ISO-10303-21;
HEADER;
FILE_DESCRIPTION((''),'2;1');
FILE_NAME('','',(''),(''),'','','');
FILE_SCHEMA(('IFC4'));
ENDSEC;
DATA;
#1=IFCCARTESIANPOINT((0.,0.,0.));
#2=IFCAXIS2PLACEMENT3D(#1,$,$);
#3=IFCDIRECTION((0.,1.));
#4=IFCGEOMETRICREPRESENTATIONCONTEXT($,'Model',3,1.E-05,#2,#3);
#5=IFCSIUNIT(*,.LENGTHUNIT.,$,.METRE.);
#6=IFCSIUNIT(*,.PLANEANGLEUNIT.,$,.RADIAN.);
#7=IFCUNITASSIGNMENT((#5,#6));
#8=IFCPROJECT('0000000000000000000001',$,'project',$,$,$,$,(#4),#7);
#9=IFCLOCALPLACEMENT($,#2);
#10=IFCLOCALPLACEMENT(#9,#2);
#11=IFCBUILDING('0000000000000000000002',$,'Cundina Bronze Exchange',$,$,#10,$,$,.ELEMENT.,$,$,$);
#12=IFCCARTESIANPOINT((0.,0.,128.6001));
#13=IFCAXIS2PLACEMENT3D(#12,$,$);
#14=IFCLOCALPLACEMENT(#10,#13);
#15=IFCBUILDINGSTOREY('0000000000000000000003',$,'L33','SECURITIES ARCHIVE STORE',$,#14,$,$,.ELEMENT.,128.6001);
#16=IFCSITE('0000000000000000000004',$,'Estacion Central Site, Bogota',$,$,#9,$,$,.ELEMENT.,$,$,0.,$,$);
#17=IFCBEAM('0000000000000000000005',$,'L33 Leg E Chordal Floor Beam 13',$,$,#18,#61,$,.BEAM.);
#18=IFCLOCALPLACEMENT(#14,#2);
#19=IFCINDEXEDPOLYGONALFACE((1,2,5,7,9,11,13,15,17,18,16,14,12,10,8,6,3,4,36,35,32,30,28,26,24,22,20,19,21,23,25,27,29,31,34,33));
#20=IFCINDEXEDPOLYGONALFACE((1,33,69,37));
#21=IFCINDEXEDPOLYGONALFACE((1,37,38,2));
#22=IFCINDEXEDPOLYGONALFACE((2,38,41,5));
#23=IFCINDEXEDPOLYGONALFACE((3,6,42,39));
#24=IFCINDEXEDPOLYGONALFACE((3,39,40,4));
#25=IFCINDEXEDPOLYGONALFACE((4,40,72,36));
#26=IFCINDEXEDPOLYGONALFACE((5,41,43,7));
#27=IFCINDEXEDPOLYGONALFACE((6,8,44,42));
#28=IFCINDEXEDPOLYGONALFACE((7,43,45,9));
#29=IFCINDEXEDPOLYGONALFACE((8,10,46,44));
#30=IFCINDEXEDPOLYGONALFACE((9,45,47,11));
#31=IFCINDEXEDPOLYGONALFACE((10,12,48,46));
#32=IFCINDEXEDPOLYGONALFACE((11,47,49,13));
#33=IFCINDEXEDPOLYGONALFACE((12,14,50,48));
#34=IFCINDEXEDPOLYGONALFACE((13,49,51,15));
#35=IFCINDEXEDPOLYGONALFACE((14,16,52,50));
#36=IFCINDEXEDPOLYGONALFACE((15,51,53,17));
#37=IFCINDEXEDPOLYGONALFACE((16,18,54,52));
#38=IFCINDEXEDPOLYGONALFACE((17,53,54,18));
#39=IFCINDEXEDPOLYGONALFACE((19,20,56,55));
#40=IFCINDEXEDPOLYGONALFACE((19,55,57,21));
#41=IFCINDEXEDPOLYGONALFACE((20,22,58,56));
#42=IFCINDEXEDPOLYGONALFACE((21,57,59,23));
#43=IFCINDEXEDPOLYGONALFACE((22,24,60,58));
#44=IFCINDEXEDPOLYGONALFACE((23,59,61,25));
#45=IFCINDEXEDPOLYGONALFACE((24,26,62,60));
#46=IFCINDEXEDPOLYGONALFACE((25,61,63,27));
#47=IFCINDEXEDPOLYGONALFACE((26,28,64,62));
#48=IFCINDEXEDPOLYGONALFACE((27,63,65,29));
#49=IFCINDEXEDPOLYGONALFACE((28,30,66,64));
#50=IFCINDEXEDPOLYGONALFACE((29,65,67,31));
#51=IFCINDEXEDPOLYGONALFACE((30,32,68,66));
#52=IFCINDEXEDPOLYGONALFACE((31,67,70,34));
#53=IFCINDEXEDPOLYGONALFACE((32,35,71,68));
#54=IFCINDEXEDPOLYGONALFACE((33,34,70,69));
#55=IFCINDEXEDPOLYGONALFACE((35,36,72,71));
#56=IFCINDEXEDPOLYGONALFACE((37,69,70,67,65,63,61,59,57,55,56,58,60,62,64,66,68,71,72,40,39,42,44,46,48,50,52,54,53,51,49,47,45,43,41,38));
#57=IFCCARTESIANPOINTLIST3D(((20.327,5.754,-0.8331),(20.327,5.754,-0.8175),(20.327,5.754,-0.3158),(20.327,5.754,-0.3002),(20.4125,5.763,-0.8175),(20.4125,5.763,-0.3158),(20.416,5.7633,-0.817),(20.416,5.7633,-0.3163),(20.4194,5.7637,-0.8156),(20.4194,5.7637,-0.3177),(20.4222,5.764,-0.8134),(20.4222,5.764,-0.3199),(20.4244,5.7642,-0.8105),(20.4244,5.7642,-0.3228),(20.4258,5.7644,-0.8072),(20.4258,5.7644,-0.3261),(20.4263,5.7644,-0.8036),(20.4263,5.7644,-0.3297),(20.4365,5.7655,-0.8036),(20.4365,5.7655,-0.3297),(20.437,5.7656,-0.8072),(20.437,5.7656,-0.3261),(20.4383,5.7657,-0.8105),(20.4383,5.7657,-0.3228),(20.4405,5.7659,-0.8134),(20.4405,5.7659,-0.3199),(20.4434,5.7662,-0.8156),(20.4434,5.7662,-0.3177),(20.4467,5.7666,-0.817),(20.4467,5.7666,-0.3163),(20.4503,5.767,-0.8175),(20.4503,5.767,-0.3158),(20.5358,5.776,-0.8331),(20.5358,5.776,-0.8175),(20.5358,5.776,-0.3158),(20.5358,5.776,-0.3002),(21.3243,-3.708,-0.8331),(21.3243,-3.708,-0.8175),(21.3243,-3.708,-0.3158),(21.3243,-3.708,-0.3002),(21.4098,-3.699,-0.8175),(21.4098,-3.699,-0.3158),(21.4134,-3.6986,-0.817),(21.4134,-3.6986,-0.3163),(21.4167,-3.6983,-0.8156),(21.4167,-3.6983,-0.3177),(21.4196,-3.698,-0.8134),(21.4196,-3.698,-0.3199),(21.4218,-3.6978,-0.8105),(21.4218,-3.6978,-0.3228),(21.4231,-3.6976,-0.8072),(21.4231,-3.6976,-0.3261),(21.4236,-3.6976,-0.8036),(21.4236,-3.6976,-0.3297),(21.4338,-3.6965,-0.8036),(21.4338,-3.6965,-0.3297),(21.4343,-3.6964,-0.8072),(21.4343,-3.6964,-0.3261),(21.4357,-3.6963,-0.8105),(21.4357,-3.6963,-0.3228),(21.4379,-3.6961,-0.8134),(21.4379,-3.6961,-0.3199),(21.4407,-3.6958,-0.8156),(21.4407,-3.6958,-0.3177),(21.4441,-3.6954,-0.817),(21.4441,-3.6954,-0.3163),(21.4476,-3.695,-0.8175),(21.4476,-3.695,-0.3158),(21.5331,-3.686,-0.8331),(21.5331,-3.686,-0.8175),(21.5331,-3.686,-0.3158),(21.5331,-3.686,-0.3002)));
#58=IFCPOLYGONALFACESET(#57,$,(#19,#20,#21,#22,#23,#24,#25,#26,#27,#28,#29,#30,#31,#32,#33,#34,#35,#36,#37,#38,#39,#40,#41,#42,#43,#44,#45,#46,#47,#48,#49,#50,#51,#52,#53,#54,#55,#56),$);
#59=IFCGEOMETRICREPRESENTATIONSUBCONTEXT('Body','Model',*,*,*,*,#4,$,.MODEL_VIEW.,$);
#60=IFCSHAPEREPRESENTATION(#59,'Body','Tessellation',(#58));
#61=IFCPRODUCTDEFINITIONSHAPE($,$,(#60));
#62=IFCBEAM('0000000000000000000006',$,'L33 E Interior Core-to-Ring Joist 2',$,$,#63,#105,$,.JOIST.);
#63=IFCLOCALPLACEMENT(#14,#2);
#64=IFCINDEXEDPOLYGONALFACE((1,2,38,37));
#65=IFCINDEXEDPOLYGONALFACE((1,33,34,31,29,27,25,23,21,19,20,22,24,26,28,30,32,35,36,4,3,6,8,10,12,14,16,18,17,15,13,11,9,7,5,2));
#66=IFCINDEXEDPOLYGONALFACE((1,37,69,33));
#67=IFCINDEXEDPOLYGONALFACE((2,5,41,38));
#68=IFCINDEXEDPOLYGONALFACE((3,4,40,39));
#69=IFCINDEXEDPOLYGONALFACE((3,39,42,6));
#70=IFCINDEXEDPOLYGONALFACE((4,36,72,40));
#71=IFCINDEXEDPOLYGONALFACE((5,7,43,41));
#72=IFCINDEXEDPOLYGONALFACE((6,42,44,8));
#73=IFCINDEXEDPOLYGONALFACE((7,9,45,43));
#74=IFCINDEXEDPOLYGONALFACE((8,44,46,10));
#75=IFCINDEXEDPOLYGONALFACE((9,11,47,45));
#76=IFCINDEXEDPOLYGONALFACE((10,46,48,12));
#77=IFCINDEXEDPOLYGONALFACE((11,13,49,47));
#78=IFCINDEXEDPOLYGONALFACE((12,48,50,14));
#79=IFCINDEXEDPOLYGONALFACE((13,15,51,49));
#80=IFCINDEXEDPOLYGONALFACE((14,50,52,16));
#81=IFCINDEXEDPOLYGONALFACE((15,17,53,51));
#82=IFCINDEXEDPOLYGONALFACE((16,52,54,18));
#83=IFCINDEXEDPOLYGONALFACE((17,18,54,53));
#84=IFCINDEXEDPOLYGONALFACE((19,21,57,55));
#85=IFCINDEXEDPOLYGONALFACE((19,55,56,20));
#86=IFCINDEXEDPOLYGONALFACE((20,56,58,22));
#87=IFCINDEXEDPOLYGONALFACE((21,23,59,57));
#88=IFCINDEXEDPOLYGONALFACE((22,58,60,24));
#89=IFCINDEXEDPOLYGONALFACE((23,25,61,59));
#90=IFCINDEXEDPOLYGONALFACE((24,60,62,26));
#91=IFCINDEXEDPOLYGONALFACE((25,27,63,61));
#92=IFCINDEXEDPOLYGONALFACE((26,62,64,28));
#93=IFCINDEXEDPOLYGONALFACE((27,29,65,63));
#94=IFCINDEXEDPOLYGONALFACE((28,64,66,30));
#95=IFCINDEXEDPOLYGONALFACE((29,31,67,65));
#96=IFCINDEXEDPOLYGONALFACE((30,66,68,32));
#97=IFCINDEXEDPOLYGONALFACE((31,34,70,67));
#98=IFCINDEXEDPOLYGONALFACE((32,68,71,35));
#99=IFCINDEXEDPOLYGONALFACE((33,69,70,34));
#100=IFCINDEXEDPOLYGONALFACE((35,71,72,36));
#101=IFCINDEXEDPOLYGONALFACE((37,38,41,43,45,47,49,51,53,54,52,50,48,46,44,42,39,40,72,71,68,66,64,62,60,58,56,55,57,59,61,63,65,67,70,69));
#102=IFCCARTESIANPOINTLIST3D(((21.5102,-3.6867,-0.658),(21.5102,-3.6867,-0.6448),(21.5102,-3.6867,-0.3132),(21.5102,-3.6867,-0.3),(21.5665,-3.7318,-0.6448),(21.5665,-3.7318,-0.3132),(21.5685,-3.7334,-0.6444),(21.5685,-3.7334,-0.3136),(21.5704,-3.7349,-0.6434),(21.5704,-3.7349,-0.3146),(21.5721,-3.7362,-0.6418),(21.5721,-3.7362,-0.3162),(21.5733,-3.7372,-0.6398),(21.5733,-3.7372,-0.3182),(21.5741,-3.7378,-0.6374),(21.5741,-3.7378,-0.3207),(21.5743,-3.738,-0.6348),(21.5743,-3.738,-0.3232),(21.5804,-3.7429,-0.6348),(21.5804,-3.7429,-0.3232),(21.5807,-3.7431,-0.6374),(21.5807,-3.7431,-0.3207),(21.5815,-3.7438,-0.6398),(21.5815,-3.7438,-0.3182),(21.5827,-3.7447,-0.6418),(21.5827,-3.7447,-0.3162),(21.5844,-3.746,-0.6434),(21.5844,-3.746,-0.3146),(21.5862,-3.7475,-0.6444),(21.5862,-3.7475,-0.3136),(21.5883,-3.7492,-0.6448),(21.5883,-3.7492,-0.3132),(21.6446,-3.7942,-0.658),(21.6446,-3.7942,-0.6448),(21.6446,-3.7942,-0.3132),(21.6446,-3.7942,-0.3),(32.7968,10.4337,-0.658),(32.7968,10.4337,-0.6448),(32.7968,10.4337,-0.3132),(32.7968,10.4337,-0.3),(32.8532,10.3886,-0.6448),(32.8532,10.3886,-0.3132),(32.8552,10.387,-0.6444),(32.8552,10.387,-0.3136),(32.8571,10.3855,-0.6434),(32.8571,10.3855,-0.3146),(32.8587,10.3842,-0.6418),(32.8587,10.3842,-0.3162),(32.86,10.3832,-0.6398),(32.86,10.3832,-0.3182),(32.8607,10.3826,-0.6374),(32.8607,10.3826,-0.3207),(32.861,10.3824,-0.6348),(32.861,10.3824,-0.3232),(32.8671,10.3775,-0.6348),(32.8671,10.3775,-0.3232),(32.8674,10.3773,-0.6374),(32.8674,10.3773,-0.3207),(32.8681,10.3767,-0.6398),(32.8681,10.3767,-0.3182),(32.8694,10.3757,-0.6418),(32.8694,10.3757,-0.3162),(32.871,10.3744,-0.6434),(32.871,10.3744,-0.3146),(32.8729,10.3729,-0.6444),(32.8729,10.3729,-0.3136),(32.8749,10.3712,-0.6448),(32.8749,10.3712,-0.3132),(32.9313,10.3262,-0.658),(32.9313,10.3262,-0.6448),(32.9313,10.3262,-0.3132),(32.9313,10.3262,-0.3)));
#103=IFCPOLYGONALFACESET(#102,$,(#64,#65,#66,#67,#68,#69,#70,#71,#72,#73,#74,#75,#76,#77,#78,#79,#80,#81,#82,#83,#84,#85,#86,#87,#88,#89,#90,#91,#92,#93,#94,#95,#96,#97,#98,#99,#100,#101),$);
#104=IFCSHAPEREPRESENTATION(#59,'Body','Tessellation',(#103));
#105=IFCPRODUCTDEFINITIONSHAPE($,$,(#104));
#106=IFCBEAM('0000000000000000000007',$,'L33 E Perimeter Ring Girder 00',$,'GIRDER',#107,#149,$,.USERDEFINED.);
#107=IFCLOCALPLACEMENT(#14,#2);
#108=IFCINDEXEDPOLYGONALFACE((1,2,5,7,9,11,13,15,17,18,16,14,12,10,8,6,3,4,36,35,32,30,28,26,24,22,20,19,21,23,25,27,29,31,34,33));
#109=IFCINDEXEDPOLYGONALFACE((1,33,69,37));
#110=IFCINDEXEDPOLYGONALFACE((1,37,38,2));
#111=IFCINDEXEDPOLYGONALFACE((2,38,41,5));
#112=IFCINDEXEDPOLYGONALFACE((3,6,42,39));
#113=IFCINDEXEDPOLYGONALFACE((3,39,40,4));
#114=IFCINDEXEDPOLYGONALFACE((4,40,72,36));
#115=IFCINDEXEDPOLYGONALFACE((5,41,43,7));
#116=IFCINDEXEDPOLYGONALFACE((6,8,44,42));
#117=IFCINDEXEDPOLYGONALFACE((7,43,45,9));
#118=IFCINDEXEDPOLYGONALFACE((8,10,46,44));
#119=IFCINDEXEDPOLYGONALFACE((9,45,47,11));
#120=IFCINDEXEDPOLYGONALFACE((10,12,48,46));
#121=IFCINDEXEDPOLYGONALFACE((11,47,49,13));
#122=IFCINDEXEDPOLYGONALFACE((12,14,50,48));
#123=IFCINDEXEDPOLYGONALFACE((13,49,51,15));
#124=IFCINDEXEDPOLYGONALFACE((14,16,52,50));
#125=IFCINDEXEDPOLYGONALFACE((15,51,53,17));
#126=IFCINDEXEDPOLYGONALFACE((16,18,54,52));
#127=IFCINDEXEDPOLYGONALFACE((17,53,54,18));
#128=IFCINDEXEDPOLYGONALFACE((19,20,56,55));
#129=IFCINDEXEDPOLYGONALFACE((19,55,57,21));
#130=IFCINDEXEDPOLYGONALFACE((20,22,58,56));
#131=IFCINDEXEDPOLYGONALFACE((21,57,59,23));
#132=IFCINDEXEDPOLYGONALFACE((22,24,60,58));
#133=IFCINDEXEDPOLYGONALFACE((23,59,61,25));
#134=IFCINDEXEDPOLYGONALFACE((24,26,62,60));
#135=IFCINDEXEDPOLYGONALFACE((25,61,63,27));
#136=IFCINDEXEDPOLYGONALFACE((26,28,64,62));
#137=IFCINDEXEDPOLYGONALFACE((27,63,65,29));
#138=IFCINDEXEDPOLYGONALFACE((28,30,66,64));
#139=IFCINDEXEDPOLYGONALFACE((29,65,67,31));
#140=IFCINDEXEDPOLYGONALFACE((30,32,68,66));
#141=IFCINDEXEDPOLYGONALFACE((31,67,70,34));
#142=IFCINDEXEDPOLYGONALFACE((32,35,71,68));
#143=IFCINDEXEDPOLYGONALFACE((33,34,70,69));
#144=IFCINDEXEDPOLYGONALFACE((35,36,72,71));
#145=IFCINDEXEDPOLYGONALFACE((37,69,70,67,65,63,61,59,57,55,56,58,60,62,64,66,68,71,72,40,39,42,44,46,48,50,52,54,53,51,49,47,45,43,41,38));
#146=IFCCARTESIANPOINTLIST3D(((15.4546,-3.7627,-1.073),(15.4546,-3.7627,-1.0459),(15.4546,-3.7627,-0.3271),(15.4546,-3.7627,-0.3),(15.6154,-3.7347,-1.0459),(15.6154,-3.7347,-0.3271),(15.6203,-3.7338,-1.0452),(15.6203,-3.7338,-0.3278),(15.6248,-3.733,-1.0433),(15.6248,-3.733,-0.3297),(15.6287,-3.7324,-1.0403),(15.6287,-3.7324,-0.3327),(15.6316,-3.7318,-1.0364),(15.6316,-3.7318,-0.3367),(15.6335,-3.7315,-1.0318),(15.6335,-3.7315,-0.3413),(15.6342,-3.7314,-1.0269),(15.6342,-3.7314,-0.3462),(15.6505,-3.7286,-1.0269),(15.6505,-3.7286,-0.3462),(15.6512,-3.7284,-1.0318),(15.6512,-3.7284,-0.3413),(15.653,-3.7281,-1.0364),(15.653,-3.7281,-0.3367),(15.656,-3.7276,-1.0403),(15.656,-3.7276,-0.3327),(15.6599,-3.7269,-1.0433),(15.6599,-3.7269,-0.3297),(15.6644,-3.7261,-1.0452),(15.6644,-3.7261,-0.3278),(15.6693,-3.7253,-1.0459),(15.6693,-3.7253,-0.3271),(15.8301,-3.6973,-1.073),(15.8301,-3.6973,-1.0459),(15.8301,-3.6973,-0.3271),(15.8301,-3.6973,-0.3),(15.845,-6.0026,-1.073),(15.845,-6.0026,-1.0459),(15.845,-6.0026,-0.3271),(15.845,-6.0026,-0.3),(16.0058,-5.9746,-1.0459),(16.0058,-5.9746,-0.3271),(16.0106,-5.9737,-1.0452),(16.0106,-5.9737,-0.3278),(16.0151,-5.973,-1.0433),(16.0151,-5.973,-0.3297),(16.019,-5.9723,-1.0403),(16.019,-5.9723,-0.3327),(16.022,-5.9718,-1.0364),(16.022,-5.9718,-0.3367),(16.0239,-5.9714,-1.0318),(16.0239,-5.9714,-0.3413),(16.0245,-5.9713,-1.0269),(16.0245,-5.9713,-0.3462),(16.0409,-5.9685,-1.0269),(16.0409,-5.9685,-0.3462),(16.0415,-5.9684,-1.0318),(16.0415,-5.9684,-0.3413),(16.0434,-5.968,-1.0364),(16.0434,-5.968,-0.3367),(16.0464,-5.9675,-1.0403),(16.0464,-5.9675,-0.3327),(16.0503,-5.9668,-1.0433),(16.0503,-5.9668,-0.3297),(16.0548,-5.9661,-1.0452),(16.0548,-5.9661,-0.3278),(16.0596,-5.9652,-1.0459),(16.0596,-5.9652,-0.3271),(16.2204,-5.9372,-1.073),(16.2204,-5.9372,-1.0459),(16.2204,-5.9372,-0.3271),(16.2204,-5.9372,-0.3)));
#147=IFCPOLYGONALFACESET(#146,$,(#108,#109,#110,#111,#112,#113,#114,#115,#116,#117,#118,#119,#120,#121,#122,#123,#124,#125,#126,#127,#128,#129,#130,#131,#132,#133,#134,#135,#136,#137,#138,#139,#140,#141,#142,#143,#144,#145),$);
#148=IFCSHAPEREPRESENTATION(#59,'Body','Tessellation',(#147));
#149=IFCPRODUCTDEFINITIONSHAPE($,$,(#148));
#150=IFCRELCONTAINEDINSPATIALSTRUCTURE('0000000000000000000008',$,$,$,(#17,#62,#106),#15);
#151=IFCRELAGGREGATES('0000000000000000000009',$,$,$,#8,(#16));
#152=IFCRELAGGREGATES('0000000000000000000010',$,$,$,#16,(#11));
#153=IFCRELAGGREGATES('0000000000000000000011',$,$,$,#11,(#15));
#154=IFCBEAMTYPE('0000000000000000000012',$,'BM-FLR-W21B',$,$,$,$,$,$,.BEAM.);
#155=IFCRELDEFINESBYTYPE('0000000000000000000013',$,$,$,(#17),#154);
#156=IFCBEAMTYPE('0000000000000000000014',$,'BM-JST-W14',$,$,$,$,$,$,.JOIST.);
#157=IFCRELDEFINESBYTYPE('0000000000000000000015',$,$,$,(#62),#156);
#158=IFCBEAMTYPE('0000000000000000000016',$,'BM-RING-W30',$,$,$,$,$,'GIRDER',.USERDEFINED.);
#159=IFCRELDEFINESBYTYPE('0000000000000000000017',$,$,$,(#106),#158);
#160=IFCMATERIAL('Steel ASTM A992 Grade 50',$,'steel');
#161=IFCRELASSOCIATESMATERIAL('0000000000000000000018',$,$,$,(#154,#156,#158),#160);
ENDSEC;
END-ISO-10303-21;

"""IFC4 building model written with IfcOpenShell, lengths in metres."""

from ifc_helpers import new_model, si_unit, direction, frame, origin, origin_2d, place, context, subcontext, project, spatial, i_section, extrude, material, material_profile, profile_set, type_object, element, save


model = new_model("IFC4")

# Units and contexts
model_context = context("Model", 3, precision=1e-05, world=origin(), true_north=direction((0.0, 1.0)))
body_context = subcontext(model_context, "Body", "Model", "MODEL_VIEW")
ifc_project = project(units=[si_unit("LENGTHUNIT", "METRE"), si_unit("PLANEANGLEUNIT", "RADIAN")], contexts=[model_context])

# Site, building, storey
site_placement = place(None, origin())
site = spatial("IfcSite", under=ifc_project, at=site_placement, Name="Estacion Central Site, Bogota", CompositionType="ELEMENT", RefElevation=0.0)
building_placement = place(site_placement, origin())
building = spatial("IfcBuilding", under=site, at=building_placement, Name="Cundina Bronze Exchange", CompositionType="ELEMENT")
storey_placement = place(building_placement, frame((0.0, 0.0, 128.6001)))
storey = spatial("IfcBuildingStorey", under=building, at=storey_placement, Name="L33", Description="SECURITIES ARCHIVE STORE", CompositionType="ELEMENT", Elevation=128.6001)

# Shared definitions
ifc_material_1 = material(Name="Steel ASTM A992 Grade 50", Category="steel")

# Beams
ifc_material_profile_1 = material_profile(ifc_material_1, i_section(OverallWidth=0.21, OverallDepth=0.533, WebThickness=0.0103, FlangeThickness=0.0156, FilletRadius=0.0139, at=origin_2d()), Name="W21X62", Category="steel")
ifc_profile_set_1 = profile_set([ifc_material_profile_1], Name="Steel ASTM A992 Grade 50")
beam_type_1 = type_object("IfcBeamType", Name="BM-FLR-W21B", PredefinedType="BEAM", material=ifc_profile_set_1)
beam_1_placement = place(storey_placement, frame((21.4287, -3.697, -0.5667), z_axis=(-0.104822, 0.994491, 0.0), x_axis=(-0.994491, -0.104822, 0.0)))
element("IfcBeam", 1, at=beam_1_placement, inside=storey, type_object=beam_type_1, Name="L33 Leg E Chordal Floor Beam 13", PredefinedType="BEAM", context=body_context, shape_type="SweptSolid", body=[
    extrude(i_section(OverallWidth=0.21, OverallDepth=0.533, WebThickness=0.0103, FlangeThickness=0.0156, FilletRadius=0.0139, at=origin_2d()), origin(), (0.0, 0.0, 1.0), 9.5144),
])
ifc_material_profile_2 = material_profile(ifc_material_1, i_section(OverallWidth=0.1721, OverallDepth=0.3579, WebThickness=0.0078, FlangeThickness=0.0132, FilletRadius=0.01, at=origin_2d()), Name="W14X38", Category="steel")
ifc_profile_set_2 = profile_set([ifc_material_profile_2], Name="Steel ASTM A992 Grade 50")
beam_type_2 = type_object("IfcBeamType", Name="BM-JST-W14", PredefinedType="JOIST", material=ifc_profile_set_2)
beam_2_placement = place(storey_placement, frame((21.5774, -3.7405, -0.479), z_axis=(0.624369, 0.78113, 0.0), x_axis=(-0.78113, 0.624369, 0.0)))
element("IfcBeam", 2, at=beam_2_placement, inside=storey, type_object=beam_type_2, Name="L33 E Interior Core-to-Ring Joist 2", PredefinedType="JOIST", context=body_context, shape_type="SweptSolid", body=[
    extrude(i_section(OverallWidth=0.1721, OverallDepth=0.3579, WebThickness=0.0078, FlangeThickness=0.0132, FilletRadius=0.01, at=origin_2d()), origin(), (0.0, 0.0, 1.0), 18.0769),
])
ifc_material_profile_3 = material_profile(ifc_material_1, i_section(OverallWidth=0.3811, OverallDepth=0.7729, WebThickness=0.0166, FlangeThickness=0.0271, FilletRadius=0.019, at=origin_2d()), Name="W30X173", Category="steel")
ifc_profile_set_3 = profile_set([ifc_material_profile_3], Name="Steel ASTM A992 Grade 50")
beam_type_3 = type_object("IfcBeamType", Name="BM-RING-W30", ElementType="GIRDER", PredefinedType="USERDEFINED", material=ifc_profile_set_3)
beam_3_placement = place(storey_placement, frame((15.6423, -3.73, -0.6865), z_axis=(0.17169, -0.985151, 0.0), x_axis=(0.985151, 0.17169, 0.0)))
element("IfcBeam", 3, at=beam_3_placement, inside=storey, type_object=beam_type_3, Name="L33 E Perimeter Ring Girder 00", ObjectType="GIRDER", PredefinedType="USERDEFINED", context=body_context, shape_type="SweptSolid", body=[
    extrude(i_section(OverallWidth=0.3811, OverallDepth=0.7729, WebThickness=0.0166, FlangeThickness=0.0271, FilletRadius=0.019, at=origin_2d()), origin(), (0.0, 0.0, 1.0), 2.2737),
])

save(model, "model.ifc")
